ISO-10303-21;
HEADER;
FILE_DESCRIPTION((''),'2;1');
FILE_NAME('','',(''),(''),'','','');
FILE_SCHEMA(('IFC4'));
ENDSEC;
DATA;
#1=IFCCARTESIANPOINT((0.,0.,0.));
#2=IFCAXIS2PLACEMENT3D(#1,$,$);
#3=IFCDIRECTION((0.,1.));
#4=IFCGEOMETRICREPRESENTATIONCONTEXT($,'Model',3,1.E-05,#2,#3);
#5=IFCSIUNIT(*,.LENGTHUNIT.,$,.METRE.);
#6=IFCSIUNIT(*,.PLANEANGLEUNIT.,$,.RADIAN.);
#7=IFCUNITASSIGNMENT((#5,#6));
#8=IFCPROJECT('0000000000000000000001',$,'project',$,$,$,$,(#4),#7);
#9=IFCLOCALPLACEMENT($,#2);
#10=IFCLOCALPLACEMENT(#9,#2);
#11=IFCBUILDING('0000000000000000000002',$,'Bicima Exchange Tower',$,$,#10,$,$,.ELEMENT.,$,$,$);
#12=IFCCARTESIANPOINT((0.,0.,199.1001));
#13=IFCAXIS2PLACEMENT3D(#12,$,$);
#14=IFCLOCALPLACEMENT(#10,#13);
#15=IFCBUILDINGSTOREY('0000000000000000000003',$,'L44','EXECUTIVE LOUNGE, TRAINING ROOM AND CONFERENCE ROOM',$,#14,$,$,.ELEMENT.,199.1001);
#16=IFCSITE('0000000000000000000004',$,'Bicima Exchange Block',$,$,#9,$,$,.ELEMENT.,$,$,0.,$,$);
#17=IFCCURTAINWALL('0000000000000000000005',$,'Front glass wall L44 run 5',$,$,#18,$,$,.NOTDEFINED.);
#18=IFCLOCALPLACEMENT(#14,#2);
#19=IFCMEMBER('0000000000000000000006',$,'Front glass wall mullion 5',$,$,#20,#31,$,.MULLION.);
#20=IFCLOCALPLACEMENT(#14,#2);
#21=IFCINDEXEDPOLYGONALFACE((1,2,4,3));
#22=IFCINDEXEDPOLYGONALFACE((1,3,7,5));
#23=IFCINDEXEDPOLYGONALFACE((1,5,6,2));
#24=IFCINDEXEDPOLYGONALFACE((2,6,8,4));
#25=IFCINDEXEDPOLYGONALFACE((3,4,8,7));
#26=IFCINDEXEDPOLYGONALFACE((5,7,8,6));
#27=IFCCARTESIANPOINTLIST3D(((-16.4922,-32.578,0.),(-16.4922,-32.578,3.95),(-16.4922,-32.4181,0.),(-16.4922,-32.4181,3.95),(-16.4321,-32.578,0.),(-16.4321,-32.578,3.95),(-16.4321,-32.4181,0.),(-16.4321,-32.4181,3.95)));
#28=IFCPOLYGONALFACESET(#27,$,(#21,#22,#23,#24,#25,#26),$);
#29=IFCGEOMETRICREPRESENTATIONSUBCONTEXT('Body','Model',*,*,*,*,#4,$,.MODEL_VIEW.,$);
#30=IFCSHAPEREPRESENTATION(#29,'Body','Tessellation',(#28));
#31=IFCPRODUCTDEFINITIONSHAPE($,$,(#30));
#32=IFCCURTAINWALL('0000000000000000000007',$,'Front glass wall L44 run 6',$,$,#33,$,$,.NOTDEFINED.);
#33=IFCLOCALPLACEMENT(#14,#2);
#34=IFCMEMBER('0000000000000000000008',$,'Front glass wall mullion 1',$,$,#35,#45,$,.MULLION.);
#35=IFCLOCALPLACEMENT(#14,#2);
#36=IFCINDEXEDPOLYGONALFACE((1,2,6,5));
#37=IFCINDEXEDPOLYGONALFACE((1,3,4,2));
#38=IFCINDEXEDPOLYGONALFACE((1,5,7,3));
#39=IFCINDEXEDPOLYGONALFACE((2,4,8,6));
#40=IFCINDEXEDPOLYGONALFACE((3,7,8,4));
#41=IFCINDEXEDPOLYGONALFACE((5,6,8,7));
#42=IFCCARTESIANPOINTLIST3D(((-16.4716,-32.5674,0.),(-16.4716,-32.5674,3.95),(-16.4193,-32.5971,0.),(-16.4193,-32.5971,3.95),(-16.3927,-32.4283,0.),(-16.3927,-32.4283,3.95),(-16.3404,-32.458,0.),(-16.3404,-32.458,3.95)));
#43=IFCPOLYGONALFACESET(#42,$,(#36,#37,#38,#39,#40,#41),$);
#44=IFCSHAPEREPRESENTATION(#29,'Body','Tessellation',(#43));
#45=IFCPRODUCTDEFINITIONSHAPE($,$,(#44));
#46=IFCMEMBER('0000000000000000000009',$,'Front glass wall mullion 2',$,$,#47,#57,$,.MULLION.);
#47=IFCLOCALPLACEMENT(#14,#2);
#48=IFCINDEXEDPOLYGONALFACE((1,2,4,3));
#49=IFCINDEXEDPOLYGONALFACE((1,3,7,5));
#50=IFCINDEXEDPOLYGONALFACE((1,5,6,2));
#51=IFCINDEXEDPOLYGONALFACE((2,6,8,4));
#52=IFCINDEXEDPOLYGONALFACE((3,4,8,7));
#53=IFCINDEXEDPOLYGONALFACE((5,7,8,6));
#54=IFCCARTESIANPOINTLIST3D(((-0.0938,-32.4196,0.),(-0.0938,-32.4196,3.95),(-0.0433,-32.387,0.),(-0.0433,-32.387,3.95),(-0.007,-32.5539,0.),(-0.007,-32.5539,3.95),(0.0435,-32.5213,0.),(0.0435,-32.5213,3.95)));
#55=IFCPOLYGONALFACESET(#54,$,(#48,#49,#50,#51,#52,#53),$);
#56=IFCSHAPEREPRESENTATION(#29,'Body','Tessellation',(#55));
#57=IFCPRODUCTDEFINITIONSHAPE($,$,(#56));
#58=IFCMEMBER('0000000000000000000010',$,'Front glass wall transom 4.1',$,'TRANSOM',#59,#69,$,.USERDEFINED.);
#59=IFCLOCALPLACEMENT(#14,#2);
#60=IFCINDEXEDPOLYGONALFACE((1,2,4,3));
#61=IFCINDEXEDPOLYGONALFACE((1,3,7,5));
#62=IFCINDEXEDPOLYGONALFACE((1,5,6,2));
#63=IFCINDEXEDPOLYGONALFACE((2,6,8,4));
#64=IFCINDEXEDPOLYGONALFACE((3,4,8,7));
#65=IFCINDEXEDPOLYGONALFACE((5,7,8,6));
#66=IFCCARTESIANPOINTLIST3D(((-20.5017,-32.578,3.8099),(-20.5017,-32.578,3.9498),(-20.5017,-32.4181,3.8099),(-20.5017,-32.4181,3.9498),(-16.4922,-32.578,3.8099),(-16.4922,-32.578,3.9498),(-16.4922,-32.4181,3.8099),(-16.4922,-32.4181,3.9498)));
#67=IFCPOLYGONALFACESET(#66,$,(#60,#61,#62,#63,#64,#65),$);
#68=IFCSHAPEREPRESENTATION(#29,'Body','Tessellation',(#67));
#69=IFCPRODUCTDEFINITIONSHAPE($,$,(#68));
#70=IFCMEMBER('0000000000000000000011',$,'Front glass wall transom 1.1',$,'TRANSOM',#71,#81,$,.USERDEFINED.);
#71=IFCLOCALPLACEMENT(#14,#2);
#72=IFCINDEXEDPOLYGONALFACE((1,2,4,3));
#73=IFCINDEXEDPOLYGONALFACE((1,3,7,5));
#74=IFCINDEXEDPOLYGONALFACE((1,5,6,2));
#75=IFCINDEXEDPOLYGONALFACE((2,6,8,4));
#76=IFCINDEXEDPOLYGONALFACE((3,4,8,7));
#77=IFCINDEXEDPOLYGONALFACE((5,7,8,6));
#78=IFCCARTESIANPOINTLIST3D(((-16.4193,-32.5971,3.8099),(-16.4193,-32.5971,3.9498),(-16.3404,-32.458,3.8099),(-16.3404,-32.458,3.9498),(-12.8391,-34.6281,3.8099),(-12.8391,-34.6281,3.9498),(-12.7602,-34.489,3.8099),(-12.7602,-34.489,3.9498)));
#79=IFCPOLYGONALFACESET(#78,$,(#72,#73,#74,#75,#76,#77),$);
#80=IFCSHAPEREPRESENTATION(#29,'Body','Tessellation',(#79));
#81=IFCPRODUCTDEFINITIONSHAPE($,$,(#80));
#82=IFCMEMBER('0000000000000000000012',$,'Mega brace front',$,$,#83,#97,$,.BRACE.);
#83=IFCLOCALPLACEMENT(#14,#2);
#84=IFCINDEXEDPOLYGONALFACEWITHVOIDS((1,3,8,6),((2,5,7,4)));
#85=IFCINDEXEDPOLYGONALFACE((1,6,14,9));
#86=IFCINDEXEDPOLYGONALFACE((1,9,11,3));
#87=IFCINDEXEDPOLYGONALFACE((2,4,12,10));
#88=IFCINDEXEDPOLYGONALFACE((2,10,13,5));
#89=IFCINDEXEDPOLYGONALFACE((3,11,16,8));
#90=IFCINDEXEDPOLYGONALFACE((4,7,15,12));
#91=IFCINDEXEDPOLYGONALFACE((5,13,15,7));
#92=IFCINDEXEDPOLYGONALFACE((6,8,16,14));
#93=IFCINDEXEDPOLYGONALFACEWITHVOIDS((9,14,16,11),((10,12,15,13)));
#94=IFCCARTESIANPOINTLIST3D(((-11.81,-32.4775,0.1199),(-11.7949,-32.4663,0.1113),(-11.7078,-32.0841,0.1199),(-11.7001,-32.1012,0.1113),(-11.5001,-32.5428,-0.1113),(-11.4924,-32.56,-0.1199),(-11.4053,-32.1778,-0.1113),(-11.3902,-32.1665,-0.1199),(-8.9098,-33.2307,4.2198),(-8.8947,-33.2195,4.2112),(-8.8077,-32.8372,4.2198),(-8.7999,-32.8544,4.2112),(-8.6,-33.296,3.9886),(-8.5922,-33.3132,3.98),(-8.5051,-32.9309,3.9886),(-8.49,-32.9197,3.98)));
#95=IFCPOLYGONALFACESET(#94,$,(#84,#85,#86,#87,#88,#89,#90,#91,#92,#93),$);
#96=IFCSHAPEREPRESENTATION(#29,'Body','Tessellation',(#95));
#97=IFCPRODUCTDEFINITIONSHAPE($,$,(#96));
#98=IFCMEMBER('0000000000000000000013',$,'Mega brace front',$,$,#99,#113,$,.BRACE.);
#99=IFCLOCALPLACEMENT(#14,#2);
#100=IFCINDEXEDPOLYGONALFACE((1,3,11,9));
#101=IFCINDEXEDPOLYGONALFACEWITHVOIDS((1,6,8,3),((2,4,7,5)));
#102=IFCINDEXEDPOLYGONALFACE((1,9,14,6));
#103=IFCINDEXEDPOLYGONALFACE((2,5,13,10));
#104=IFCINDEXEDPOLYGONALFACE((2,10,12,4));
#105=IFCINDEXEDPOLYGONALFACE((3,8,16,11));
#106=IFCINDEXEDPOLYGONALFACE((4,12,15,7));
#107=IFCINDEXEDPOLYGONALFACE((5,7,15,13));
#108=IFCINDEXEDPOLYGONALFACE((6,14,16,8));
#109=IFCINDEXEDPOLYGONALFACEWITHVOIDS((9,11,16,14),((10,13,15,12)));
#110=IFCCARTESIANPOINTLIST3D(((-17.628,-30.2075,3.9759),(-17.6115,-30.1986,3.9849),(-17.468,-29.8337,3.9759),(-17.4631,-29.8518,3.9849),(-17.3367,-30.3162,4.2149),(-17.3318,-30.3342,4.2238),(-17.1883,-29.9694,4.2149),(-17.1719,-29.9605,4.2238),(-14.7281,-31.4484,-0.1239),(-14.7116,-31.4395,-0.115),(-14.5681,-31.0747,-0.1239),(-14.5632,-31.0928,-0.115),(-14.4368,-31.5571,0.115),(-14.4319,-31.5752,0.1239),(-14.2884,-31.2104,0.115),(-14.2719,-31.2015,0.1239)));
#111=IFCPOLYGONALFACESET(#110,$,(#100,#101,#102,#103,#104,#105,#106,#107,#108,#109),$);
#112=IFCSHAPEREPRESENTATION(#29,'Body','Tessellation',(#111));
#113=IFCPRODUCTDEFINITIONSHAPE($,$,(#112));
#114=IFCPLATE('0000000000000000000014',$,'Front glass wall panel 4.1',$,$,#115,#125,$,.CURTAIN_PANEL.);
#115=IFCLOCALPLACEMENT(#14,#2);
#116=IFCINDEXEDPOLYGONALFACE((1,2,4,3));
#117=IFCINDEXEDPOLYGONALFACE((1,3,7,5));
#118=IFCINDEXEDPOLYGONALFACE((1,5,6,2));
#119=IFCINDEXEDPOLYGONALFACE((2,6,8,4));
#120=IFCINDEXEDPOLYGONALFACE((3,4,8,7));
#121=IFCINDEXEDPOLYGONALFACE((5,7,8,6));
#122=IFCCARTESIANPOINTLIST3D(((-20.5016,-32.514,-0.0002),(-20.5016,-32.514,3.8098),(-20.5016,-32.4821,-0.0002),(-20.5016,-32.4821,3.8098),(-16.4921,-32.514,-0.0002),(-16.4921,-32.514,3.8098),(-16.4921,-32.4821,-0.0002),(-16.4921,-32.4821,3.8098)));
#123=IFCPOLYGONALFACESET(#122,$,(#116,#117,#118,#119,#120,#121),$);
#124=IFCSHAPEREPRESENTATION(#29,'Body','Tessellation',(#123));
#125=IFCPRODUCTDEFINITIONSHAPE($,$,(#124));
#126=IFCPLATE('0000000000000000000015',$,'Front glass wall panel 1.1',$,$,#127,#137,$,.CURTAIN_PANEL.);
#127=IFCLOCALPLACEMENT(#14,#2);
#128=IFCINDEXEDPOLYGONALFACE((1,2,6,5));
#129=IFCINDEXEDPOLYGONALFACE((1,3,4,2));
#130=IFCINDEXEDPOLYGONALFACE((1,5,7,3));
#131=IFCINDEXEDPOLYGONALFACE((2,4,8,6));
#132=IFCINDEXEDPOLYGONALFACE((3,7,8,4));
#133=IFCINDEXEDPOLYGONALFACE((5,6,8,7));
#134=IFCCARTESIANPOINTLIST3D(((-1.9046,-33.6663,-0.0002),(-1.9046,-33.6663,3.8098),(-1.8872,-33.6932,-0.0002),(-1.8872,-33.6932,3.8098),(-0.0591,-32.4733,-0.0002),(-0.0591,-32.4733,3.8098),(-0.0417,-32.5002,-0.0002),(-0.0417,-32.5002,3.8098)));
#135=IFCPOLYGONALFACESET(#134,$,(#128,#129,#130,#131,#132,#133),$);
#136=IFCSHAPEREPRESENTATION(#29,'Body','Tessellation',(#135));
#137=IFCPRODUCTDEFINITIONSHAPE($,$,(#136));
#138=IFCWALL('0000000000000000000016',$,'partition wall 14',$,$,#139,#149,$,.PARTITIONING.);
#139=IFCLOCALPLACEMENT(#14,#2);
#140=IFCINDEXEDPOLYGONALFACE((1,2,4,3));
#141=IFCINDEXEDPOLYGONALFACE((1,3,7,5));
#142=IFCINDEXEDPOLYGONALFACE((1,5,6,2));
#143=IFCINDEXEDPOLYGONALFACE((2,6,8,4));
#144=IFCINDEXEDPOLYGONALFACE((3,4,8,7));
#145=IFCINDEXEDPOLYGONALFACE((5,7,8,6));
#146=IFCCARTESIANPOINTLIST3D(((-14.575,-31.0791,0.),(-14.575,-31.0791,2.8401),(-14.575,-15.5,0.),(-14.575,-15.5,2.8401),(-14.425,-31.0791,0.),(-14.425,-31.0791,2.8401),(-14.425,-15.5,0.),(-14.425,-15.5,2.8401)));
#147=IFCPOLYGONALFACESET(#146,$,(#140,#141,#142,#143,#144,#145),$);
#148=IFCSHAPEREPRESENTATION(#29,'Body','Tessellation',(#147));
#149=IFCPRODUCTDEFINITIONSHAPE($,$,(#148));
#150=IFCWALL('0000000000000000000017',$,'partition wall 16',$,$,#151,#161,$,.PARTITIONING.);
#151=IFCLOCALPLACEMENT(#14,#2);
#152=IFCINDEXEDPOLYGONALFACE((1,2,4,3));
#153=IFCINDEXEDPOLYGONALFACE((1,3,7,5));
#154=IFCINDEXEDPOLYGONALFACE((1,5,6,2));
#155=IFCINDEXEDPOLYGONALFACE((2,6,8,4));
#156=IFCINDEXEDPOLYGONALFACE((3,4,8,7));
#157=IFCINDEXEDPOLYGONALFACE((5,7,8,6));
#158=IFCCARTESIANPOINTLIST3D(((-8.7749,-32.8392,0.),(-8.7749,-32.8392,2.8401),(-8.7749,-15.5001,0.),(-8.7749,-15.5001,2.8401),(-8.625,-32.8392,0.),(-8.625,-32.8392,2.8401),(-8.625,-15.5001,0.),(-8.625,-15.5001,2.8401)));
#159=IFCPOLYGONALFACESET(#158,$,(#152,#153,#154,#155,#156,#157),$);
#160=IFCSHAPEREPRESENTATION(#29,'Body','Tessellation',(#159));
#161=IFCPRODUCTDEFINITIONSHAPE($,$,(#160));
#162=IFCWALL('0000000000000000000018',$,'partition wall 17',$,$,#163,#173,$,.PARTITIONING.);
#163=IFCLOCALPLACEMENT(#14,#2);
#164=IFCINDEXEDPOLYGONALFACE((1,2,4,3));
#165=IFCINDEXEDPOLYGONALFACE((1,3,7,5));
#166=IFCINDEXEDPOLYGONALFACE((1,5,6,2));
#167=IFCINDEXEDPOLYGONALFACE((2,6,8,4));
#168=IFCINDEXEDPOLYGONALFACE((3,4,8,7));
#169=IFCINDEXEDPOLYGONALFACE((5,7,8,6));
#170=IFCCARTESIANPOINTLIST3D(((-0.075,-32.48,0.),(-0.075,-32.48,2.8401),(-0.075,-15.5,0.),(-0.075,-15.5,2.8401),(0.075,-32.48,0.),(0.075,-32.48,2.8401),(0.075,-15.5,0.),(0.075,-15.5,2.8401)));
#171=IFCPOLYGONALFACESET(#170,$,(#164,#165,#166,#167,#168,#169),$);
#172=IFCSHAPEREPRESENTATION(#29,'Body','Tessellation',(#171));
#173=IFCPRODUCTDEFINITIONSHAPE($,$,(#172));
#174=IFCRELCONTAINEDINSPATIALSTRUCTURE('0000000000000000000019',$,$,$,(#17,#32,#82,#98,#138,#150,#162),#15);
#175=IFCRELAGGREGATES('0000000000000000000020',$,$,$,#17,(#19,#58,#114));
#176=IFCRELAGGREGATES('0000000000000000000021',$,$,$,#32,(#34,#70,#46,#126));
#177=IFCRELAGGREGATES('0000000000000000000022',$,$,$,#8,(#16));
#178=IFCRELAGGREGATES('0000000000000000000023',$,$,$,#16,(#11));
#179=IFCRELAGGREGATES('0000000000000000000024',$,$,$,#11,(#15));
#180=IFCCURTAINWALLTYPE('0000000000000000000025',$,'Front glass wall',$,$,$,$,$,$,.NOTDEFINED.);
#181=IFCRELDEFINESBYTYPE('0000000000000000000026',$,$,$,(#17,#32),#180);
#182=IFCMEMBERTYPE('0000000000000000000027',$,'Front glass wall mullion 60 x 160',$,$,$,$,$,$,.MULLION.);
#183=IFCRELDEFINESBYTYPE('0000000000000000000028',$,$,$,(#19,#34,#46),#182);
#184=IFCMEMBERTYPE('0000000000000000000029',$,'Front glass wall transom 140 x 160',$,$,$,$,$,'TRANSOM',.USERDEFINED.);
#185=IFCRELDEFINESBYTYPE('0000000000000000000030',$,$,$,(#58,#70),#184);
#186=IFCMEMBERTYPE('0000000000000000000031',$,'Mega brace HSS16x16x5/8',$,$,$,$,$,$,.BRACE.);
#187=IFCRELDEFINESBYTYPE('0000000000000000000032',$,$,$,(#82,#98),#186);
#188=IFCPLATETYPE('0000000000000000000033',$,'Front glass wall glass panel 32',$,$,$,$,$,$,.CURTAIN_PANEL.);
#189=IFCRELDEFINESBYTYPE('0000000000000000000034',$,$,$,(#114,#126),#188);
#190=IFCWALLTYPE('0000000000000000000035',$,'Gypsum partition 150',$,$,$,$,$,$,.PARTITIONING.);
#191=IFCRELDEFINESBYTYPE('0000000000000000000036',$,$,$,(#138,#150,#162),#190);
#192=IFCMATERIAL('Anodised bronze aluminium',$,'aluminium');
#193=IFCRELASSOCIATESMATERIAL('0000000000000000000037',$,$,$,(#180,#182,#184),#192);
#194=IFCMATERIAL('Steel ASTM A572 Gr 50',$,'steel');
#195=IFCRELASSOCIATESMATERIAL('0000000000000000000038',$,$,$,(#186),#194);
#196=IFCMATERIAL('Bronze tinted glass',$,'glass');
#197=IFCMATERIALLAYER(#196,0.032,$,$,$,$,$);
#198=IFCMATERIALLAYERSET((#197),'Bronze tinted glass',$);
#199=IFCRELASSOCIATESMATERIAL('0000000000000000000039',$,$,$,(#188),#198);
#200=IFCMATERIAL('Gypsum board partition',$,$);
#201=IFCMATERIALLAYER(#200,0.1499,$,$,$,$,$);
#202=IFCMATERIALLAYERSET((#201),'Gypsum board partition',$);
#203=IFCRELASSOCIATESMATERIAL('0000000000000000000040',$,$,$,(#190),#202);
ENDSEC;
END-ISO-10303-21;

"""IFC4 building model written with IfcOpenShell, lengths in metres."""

from ifc_helpers import new_model, si_unit, direction, frame, frame_2d, origin, origin_2d, place, context, subcontext, project, spatial, rectangle, hollow_rectangle, extrude, material, layer, layer_set, material_profile, profile_set, type_object, element, aggregate, save


model = new_model("IFC4")

# Units and contexts
model_context = context("Model", 3, precision=1e-05, world=origin(), true_north=direction((0.0, 1.0)))
body_context = subcontext(model_context, "Body", "Model", "MODEL_VIEW")
ifc_project = project(units=[si_unit("LENGTHUNIT", "METRE"), si_unit("PLANEANGLEUNIT", "RADIAN")], contexts=[model_context])

# Site, building, storey
site_placement = place(None, origin())
site = spatial("IfcSite", under=ifc_project, at=site_placement, Name="Bicima Exchange Block", CompositionType="ELEMENT", RefElevation=0.0)
building_placement = place(site_placement, origin())
building = spatial("IfcBuilding", under=site, at=building_placement, Name="Bicima Exchange Tower", CompositionType="ELEMENT")
storey_placement = place(building_placement, frame((0.0, 0.0, 199.1001)))
storey = spatial("IfcBuildingStorey", under=building, at=storey_placement, Name="L44", Description="EXECUTIVE LOUNGE, TRAINING ROOM AND CONFERENCE ROOM", CompositionType="ELEMENT", Elevation=199.1001)

# Curtain walls, members
ifc_material_1 = material(Name="Anodised bronze aluminium", Category="aluminium")
curtain_wall_type = type_object("IfcCurtainWallType", Name="Front glass wall", PredefinedType="NOTDEFINED", material=ifc_material_1)
curtain_wall_1_placement = place(storey_placement, origin())
curtain_wall_1 = element("IfcCurtainWall", 1, at=curtain_wall_1_placement, inside=storey, type_object=curtain_wall_type, Name="Front glass wall L44 run 5", PredefinedType="NOTDEFINED")
ifc_material_profile_1 = material_profile(ifc_material_1, rectangle(XDim=0.1599, YDim=0.0601, at=origin_2d()))
ifc_profile_set_1 = profile_set([ifc_material_profile_1], Name="Anodised bronze aluminium")
member_type_1 = type_object("IfcMemberType", Name="Front glass wall mullion 60 x 160", PredefinedType="MULLION", material=ifc_profile_set_1)
member_1_placement = place(storey_placement, frame((-16.4622, -32.498, 0.0), z_axis=(0.0, 0.0, 1.0), x_axis=(0.0, 1.0, 0.0)))
member_1 = element("IfcMember", 2, at=member_1_placement, type_object=member_type_1, Name="Front glass wall mullion 5", PredefinedType="MULLION", context=body_context, shape_type="SweptSolid", body=[
    extrude(rectangle(XDim=0.1599, YDim=0.0601, at=origin_2d()), origin(), (0.0, 0.0, 1.0), 3.95),
])
curtain_wall_2_placement = place(storey_placement, origin())
curtain_wall_2 = element("IfcCurtainWall", 3, at=curtain_wall_2_placement, inside=storey, type_object=curtain_wall_type, Name="Front glass wall L44 run 6", PredefinedType="NOTDEFINED")
member_2_placement = place(storey_placement, frame((-16.406, -32.5127, 0.0), z_axis=(0.0, 0.0, 1.0), x_axis=(0.493395, 0.869805, 0.0)))
member_2 = element("IfcMember", 4, at=member_2_placement, type_object=member_type_1, Name="Front glass wall mullion 1", PredefinedType="MULLION", context=body_context, shape_type="SweptSolid", body=[
    extrude(rectangle(XDim=0.1599, YDim=0.0601, at=origin_2d()), origin(), (0.0, 0.0, 1.0), 3.95),
])
member_3_placement = place(storey_placement, frame((-0.0251, -32.4705, 0.0), z_axis=(0.0, 0.0, 1.0), x_axis=(-0.542897, 0.839799, 0.0)))
member_3 = element("IfcMember", 5, at=member_3_placement, type_object=member_type_1, Name="Front glass wall mullion 2", PredefinedType="MULLION", context=body_context, shape_type="SweptSolid", body=[
    extrude(rectangle(XDim=0.1599, YDim=0.0601, at=origin_2d()), origin(), (0.0, 0.0, 1.0), 3.95),
])

# Members
ifc_material_profile_2 = material_profile(ifc_material_1, rectangle(XDim=0.1599, YDim=0.1399, at=origin_2d()))
ifc_profile_set_2 = profile_set([ifc_material_profile_2], Name="Anodised bronze aluminium")
member_type_2 = type_object("IfcMemberType", Name="Front glass wall transom 140 x 160", ElementType="TRANSOM", PredefinedType="USERDEFINED", material=ifc_profile_set_2)
member_4_placement = place(storey_placement, frame((-20.5017, -32.498, 3.8799), z_axis=(1.0, 0.0, 0.0), x_axis=(0.0, 1.0, 0.0)))
member_4 = element("IfcMember", 6, at=member_4_placement, type_object=member_type_2, Name="Front glass wall transom 4.1", ObjectType="TRANSOM", PredefinedType="USERDEFINED", context=body_context, shape_type="SweptSolid", body=[
    extrude(rectangle(XDim=0.1599, YDim=0.1399, at=origin_2d()), origin(), (0.0, 0.0, 1.0), 4.0095),
])
member_5_placement = place(storey_placement, frame((-16.3799, -32.5276, 3.8799), z_axis=(0.869797, -0.493409, 0.0), x_axis=(0.493409, 0.869797, 0.0)))
member_5 = element("IfcMember", 7, at=member_5_placement, type_object=member_type_2, Name="Front glass wall transom 1.1", ObjectType="TRANSOM", PredefinedType="USERDEFINED", context=body_context, shape_type="SweptSolid", body=[
    extrude(rectangle(XDim=0.1599, YDim=0.1399, at=origin_2d()), origin(), (0.0, 0.0, 1.0), 4.1162),
])

# Members
ifc_material_2 = material(Name="Steel ASTM A572 Gr 50", Category="steel")
ifc_material_profile_3 = material_profile(ifc_material_2, hollow_rectangle(XDim=0.4065, YDim=0.4065, WallThickness=0.0146, at=origin_2d()))
ifc_profile_set_3 = profile_set([ifc_material_profile_3], Name="Steel ASTM A572 Gr 50")
member_type_3 = type_object("IfcMemberType", Name="Mega brace HSS16x16x5/8", PredefinedType="BRACE", material=ifc_profile_set_3)
member_6_placement = place(storey_placement, frame((-11.6001, -32.322, 0.0), z_axis=(0.571111, -0.148319, 0.807363), x_axis=(0.251364, 0.967893, 0.0)))
element("IfcMember", 8, at=member_6_placement, inside=storey, type_object=member_type_3, Name="Mega brace front", PredefinedType="BRACE", context=body_context, shape_type="SweptSolid", body=[
    extrude(hollow_rectangle(XDim=0.4065, YDim=0.4065, WallThickness=0.0146, at=origin_2d()), origin(), (0.0, 0.0, 1.0), 5.0781),
])
member_7_placement = place(storey_placement, frame((-14.5, -31.325, 0.0), z_axis=(-0.560602, 0.239901, 0.792574), x_axis=(-0.393424, -0.919357, 0.0)))
element("IfcMember", 9, at=member_7_placement, inside=storey, type_object=member_type_3, Name="Mega brace front", PredefinedType="BRACE", context=body_context, shape_type="SweptSolid", body=[
    extrude(hollow_rectangle(XDim=0.4065, YDim=0.4065, WallThickness=0.0146, at=origin_2d()), origin(), (0.0, 0.0, 1.0), 5.1729),
])

# Plates
ifc_material_3 = material(Name="Bronze tinted glass", Category="glass")
ifc_layer_1 = layer(ifc_material_3, 0.032)
ifc_layer_set_1 = layer_set([ifc_layer_1], Name="Bronze tinted glass")
plate_type = type_object("IfcPlateType", Name="Front glass wall glass panel 32", PredefinedType="CURTAIN_PANEL", material=ifc_layer_set_1)
plate_1_placement = place(storey_placement, frame((-18.4968, -32.498, -0.0002), z_axis=(0.0, 0.0, 1.0), x_axis=(1.0, 0.0, 0.0)))
plate_1 = element("IfcPlate", 10, at=plate_1_placement, type_object=plate_type, Name="Front glass wall panel 4.1", PredefinedType="CURTAIN_PANEL", context=body_context, shape_type="SweptSolid", body=[
    extrude(rectangle(XDim=4.0095, YDim=0.032, at=origin_2d()), origin(), (0.0, 0.0, 1.0), 3.8101),
])
aggregate(curtain_wall_1, [member_1, member_4, plate_1])
plate_2_placement = place(storey_placement, frame((-0.9731, -33.0833, -0.0002), z_axis=(0.0, 0.0, 1.0), x_axis=(0.839799, 0.542897, 0.0)))
plate_2 = element("IfcPlate", 11, at=plate_2_placement, type_object=plate_type, Name="Front glass wall panel 1.1", PredefinedType="CURTAIN_PANEL", context=body_context, shape_type="SweptSolid", body=[
    extrude(rectangle(XDim=2.1975, YDim=0.032, at=origin_2d()), origin(), (0.0, 0.0, 1.0), 3.8101),
])
aggregate(curtain_wall_2, [member_2, member_5, member_3, plate_2])

# Walls
ifc_material_4 = material(Name="Gypsum board partition")
ifc_layer_2 = layer(ifc_material_4, 0.1499)
ifc_layer_set_2 = layer_set([ifc_layer_2], Name="Gypsum board partition")
wall_type = type_object("IfcWallType", Name="Gypsum partition 150", PredefinedType="PARTITIONING", material=ifc_layer_set_2)
wall_1_placement = place(storey_placement, frame((-14.5, -31.0791, 0.0), z_axis=(0.0, 0.0, 1.0), x_axis=(0.0, 1.0, 0.0)))
element("IfcWall", 12, at=wall_1_placement, inside=storey, type_object=wall_type, Name="partition wall 14", PredefinedType="PARTITIONING", context=body_context, shape_type="SweptSolid", body=[
    extrude(rectangle(XDim=15.5791, YDim=0.1499, at=frame_2d((7.7896, 0.0))), origin(), (0.0, 0.0, 1.0), 2.8401),
])
wall_2_placement = place(storey_placement, frame((-8.7, -32.8391, 0.0), z_axis=(0.0, 0.0, 1.0), x_axis=(0.0, 1.0, 0.0)))
element("IfcWall", 13, at=wall_2_placement, inside=storey, type_object=wall_type, Name="partition wall 16", PredefinedType="PARTITIONING", context=body_context, shape_type="SweptSolid", body=[
    extrude(rectangle(XDim=17.3391, YDim=0.1499, at=frame_2d((8.6694, 0.0))), origin(), (0.0, 0.0, 1.0), 2.8401),
])
wall_3_placement = place(storey_placement, frame((0.0, -32.48, 0.0), z_axis=(0.0, 0.0, 1.0), x_axis=(0.0, 1.0, 0.0)))
element("IfcWall", 14, at=wall_3_placement, inside=storey, type_object=wall_type, Name="partition wall 17", PredefinedType="PARTITIONING", context=body_context, shape_type="SweptSolid", body=[
    extrude(rectangle(XDim=16.98, YDim=0.1499, at=frame_2d((8.49, 0.0))), origin(), (0.0, 0.0, 1.0), 2.8401),
])

save(model, "model.ifc")
